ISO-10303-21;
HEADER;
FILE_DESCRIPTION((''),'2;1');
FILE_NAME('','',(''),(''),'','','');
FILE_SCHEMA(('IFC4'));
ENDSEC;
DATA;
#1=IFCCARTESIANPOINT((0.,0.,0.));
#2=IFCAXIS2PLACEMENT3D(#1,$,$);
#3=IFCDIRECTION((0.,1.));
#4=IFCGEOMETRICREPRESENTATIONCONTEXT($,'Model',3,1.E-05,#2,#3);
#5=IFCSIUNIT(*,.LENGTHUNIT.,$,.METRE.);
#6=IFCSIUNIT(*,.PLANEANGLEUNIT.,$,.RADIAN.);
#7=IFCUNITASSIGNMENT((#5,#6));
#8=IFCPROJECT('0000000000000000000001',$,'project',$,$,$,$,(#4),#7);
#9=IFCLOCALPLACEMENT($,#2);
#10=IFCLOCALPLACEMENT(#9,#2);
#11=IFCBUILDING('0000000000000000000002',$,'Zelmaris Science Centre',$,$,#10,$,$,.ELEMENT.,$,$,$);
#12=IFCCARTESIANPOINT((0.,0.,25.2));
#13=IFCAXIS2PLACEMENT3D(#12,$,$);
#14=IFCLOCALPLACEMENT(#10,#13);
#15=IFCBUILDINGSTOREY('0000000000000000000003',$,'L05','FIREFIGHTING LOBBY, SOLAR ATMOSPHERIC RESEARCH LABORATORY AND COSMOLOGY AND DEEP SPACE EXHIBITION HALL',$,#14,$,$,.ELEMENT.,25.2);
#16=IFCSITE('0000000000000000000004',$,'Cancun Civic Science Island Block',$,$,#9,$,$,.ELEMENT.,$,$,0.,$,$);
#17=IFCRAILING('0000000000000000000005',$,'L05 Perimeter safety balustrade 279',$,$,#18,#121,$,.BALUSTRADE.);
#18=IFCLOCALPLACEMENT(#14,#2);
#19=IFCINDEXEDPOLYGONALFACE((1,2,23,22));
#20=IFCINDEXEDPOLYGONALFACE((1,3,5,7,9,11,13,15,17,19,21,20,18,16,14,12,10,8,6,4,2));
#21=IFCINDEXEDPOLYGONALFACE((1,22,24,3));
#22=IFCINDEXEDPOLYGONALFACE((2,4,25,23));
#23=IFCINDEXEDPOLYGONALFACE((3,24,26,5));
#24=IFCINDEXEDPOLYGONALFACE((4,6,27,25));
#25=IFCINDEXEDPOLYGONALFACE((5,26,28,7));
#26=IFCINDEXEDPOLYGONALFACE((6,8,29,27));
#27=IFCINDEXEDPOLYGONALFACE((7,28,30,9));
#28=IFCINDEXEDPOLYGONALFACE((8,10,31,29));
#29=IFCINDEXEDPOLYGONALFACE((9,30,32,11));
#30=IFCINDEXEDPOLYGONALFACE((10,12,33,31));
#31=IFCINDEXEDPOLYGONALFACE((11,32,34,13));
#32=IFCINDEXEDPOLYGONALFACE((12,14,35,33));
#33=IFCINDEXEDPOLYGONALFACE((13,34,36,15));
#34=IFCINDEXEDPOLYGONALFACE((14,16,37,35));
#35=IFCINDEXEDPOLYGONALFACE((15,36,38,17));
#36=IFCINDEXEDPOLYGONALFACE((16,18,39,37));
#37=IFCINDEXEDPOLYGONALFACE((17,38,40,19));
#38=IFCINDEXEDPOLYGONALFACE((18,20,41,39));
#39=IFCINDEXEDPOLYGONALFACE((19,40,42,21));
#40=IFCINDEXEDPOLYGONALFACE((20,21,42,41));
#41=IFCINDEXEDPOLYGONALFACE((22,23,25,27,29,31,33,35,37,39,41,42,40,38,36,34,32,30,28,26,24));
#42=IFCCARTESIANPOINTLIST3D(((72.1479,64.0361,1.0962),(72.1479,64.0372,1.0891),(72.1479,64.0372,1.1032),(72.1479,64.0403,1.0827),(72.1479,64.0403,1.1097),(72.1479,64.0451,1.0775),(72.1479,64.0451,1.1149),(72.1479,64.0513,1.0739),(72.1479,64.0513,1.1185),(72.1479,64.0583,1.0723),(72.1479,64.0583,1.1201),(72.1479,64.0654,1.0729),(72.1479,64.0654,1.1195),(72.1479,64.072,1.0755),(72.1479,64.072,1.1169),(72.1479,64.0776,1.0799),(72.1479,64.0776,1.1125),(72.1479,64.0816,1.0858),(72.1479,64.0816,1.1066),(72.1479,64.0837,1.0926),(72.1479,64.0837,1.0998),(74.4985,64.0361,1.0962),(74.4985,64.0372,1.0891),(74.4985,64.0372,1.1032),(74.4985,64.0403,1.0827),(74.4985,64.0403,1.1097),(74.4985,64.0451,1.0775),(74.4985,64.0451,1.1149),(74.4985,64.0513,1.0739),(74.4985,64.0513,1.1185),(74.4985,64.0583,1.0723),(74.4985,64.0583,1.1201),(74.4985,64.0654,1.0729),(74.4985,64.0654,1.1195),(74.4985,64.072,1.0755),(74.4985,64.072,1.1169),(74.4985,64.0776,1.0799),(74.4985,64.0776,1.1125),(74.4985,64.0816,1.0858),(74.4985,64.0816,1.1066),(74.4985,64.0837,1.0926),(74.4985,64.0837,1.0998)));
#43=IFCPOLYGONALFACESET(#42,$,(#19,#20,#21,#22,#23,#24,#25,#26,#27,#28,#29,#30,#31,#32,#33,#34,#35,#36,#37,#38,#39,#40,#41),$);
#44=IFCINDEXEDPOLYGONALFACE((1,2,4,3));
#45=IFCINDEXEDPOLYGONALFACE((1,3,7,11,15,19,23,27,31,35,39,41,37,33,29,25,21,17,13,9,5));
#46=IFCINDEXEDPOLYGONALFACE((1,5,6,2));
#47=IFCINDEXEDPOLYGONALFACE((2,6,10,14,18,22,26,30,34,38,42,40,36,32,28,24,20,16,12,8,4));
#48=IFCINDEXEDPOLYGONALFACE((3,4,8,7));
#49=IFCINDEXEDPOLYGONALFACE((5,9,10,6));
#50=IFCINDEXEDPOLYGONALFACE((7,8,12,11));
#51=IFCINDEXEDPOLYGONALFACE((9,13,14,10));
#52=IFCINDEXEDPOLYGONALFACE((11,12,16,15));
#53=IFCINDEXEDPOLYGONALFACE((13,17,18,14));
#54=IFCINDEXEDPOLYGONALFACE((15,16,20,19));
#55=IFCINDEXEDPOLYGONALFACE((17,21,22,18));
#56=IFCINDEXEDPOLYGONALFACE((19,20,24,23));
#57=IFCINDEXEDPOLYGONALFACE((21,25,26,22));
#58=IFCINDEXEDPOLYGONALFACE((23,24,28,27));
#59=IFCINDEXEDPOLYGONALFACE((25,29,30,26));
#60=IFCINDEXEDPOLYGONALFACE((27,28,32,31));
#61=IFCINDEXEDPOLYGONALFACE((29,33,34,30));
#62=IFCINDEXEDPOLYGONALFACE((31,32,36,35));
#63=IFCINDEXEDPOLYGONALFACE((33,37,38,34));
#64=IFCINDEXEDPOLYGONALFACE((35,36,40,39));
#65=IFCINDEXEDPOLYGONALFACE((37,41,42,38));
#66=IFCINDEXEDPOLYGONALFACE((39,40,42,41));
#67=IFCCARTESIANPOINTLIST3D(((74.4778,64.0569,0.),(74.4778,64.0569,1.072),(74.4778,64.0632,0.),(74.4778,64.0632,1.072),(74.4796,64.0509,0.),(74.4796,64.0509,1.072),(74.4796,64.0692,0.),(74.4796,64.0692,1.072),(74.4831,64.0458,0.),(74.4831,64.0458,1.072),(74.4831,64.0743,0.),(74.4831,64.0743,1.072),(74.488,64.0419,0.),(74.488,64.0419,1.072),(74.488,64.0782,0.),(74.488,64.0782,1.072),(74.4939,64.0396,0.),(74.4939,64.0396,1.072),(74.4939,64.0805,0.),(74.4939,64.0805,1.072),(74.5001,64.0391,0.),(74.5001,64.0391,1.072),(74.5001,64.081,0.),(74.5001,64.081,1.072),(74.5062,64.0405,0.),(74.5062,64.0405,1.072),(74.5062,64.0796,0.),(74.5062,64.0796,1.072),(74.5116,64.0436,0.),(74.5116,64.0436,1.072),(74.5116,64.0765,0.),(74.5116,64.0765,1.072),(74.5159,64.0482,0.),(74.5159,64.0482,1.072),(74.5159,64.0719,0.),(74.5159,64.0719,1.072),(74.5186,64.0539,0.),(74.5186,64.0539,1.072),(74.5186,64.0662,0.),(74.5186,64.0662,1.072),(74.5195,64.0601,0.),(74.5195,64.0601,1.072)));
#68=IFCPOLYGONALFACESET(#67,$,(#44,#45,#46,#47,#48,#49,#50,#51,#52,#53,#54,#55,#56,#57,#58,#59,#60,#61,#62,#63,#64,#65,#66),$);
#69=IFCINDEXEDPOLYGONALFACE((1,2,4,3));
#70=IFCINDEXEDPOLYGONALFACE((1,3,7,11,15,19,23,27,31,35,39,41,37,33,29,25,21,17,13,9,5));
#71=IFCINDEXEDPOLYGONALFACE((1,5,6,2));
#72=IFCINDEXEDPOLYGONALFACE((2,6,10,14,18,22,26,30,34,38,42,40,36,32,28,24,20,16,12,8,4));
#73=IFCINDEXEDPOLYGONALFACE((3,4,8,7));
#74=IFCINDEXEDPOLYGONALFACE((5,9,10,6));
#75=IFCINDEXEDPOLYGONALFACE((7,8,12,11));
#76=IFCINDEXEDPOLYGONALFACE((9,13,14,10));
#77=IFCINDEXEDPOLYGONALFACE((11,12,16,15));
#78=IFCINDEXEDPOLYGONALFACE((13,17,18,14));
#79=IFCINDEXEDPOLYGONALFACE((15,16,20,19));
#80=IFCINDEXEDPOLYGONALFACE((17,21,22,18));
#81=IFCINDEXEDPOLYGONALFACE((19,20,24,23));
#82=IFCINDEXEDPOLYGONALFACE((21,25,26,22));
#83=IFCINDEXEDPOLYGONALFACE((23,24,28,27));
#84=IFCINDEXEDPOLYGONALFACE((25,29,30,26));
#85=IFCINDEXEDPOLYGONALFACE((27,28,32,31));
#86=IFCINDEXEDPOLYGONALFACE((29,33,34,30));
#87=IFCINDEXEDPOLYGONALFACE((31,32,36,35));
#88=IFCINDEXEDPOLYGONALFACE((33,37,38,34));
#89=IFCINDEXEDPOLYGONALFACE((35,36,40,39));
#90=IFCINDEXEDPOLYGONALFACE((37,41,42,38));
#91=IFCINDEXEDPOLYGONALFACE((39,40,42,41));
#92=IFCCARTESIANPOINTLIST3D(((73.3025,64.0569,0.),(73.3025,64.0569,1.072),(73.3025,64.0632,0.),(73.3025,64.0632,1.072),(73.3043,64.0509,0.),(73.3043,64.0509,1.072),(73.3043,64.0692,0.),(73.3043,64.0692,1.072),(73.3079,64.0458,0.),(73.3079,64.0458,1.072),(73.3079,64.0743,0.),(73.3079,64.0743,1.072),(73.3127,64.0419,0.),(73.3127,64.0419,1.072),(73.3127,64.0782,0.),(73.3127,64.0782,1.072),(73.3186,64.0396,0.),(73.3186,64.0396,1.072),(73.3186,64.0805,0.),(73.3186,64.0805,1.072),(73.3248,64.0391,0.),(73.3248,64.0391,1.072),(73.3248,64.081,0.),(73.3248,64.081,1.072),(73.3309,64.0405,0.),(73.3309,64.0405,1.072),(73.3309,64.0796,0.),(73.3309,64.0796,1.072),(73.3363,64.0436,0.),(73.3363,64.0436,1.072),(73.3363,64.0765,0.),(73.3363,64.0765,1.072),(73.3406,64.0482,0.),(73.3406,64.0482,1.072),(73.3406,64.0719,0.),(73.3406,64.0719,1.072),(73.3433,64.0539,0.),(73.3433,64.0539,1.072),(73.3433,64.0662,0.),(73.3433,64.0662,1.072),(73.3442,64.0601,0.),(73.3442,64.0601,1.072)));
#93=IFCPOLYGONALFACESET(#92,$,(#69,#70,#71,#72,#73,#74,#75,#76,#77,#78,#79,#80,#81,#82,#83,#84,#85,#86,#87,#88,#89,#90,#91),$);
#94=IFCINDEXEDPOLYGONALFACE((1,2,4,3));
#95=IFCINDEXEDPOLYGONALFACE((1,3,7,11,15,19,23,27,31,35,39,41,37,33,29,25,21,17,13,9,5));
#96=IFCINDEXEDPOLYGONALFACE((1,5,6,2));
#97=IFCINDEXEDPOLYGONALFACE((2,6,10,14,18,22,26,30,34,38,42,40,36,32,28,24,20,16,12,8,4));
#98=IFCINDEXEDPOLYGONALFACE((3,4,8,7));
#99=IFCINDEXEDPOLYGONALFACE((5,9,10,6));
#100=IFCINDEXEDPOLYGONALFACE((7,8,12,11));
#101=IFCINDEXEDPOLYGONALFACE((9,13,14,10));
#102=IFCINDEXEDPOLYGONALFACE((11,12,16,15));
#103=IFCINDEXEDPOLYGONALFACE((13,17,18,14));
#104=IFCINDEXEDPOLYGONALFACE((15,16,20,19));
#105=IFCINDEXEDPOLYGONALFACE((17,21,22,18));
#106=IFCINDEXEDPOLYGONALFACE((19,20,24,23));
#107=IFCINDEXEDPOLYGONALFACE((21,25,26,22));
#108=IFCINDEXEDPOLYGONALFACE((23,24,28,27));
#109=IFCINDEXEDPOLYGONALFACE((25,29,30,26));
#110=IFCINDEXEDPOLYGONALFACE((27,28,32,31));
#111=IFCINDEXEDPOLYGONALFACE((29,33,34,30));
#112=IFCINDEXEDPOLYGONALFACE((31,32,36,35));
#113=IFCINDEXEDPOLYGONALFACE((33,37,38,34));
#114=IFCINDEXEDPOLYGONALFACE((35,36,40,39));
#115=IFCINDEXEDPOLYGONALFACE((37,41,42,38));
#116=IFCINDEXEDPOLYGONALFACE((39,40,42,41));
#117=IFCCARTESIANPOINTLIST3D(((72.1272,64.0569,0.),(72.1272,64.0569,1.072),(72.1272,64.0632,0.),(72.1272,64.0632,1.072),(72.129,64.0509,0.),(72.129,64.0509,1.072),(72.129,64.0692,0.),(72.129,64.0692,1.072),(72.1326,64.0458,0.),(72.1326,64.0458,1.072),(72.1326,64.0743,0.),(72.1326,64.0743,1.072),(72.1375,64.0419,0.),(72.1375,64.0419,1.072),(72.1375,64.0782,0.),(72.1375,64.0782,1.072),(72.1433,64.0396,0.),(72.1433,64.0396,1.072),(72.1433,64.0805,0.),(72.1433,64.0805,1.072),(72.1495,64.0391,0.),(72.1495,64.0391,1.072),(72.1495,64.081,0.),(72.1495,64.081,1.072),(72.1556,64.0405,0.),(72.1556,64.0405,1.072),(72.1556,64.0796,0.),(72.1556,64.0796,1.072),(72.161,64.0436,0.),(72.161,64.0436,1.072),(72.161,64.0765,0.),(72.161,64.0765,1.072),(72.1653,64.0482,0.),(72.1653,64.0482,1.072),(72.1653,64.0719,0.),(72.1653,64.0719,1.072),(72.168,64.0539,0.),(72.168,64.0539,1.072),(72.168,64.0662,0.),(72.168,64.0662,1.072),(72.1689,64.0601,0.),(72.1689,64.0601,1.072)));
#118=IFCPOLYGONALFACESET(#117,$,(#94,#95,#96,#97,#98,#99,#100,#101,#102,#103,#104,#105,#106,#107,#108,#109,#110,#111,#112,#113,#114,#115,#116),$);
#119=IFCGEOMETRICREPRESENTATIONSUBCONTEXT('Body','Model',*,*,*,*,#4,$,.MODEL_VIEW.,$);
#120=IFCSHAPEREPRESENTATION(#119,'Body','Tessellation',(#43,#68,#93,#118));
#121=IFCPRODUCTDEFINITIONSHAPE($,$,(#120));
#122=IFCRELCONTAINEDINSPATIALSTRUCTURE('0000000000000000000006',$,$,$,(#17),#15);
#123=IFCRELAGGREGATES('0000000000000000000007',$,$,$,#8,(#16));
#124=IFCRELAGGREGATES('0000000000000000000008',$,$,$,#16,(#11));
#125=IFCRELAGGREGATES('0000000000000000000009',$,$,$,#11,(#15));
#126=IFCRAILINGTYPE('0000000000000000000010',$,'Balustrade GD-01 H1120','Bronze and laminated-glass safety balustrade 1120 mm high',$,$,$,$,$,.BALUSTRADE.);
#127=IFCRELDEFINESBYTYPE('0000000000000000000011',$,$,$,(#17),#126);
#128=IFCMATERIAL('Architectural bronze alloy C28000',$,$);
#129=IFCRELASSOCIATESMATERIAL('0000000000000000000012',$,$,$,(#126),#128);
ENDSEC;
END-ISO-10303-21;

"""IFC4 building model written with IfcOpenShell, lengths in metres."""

from ifc_helpers import new_model, si_unit, direction, frame, origin, origin_2d, place, context, subcontext, project, spatial, circle, extrude, material, type_object, element, save


model = new_model("IFC4")

# Units and contexts
model_context = context("Model", 3, precision=1e-05, world=origin(), true_north=direction((0.0, 1.0)))
body_context = subcontext(model_context, "Body", "Model", "MODEL_VIEW")
ifc_project = project(units=[si_unit("LENGTHUNIT", "METRE"), si_unit("PLANEANGLEUNIT", "RADIAN")], contexts=[model_context])

# Site, building, storey
site_placement = place(None, origin())
site = spatial("IfcSite", under=ifc_project, at=site_placement, Name="Cancun Civic Science Island Block", CompositionType="ELEMENT", RefElevation=0.0)
building_placement = place(site_placement, origin())
building = spatial("IfcBuilding", under=site, at=building_placement, Name="Zelmaris Science Centre", CompositionType="ELEMENT")
storey_placement = place(building_placement, frame((0.0, 0.0, 25.2)))
storey = spatial("IfcBuildingStorey", under=building, at=storey_placement, Name="L05", Description="FIREFIGHTING LOBBY, SOLAR ATMOSPHERIC RESEARCH LABORATORY AND COSMOLOGY AND DEEP SPACE EXHIBITION HALL", CompositionType="ELEMENT", Elevation=25.2)

# Railing
ifc_material_1 = material(Name="Architectural bronze alloy C28000")
railing_type = type_object("IfcRailingType", Name="Balustrade GD-01 H1120", Description="Bronze and laminated-glass safety balustrade 1120 mm high", PredefinedType="BALUSTRADE", material=ifc_material_1)
railing_1_placement = place(storey_placement, frame((74.4985, 64.0601, 0.0)))
element("IfcRailing", 1, at=railing_1_placement, inside=storey, type_object=railing_type, Name="L05 Perimeter safety balustrade 279", PredefinedType="BALUSTRADE", context=body_context, shape_type="SweptSolid", body=[
    extrude(circle(Radius=0.0239, at=origin_2d()), frame((0.0, 0.0, 1.0962), z_axis=(-1.0, 0.0, 0.0), x_axis=(0.0, -1.0, 0.0)), (0.0, 0.0, 1.0), 2.3506),
    extrude(circle(Radius=0.021, at=origin_2d()), origin(), (0.0, 0.0, 1.0), 1.072),
    extrude(circle(Radius=0.021, at=origin_2d()), frame((-1.1753, 0.0, 0.0)), (0.0, 0.0, 1.0), 1.072),
    extrude(circle(Radius=0.021, at=origin_2d()), frame((-2.3506, 0.0, 0.0)), (0.0, 0.0, 1.0), 1.072),
])

save(model, "model.ifc")
